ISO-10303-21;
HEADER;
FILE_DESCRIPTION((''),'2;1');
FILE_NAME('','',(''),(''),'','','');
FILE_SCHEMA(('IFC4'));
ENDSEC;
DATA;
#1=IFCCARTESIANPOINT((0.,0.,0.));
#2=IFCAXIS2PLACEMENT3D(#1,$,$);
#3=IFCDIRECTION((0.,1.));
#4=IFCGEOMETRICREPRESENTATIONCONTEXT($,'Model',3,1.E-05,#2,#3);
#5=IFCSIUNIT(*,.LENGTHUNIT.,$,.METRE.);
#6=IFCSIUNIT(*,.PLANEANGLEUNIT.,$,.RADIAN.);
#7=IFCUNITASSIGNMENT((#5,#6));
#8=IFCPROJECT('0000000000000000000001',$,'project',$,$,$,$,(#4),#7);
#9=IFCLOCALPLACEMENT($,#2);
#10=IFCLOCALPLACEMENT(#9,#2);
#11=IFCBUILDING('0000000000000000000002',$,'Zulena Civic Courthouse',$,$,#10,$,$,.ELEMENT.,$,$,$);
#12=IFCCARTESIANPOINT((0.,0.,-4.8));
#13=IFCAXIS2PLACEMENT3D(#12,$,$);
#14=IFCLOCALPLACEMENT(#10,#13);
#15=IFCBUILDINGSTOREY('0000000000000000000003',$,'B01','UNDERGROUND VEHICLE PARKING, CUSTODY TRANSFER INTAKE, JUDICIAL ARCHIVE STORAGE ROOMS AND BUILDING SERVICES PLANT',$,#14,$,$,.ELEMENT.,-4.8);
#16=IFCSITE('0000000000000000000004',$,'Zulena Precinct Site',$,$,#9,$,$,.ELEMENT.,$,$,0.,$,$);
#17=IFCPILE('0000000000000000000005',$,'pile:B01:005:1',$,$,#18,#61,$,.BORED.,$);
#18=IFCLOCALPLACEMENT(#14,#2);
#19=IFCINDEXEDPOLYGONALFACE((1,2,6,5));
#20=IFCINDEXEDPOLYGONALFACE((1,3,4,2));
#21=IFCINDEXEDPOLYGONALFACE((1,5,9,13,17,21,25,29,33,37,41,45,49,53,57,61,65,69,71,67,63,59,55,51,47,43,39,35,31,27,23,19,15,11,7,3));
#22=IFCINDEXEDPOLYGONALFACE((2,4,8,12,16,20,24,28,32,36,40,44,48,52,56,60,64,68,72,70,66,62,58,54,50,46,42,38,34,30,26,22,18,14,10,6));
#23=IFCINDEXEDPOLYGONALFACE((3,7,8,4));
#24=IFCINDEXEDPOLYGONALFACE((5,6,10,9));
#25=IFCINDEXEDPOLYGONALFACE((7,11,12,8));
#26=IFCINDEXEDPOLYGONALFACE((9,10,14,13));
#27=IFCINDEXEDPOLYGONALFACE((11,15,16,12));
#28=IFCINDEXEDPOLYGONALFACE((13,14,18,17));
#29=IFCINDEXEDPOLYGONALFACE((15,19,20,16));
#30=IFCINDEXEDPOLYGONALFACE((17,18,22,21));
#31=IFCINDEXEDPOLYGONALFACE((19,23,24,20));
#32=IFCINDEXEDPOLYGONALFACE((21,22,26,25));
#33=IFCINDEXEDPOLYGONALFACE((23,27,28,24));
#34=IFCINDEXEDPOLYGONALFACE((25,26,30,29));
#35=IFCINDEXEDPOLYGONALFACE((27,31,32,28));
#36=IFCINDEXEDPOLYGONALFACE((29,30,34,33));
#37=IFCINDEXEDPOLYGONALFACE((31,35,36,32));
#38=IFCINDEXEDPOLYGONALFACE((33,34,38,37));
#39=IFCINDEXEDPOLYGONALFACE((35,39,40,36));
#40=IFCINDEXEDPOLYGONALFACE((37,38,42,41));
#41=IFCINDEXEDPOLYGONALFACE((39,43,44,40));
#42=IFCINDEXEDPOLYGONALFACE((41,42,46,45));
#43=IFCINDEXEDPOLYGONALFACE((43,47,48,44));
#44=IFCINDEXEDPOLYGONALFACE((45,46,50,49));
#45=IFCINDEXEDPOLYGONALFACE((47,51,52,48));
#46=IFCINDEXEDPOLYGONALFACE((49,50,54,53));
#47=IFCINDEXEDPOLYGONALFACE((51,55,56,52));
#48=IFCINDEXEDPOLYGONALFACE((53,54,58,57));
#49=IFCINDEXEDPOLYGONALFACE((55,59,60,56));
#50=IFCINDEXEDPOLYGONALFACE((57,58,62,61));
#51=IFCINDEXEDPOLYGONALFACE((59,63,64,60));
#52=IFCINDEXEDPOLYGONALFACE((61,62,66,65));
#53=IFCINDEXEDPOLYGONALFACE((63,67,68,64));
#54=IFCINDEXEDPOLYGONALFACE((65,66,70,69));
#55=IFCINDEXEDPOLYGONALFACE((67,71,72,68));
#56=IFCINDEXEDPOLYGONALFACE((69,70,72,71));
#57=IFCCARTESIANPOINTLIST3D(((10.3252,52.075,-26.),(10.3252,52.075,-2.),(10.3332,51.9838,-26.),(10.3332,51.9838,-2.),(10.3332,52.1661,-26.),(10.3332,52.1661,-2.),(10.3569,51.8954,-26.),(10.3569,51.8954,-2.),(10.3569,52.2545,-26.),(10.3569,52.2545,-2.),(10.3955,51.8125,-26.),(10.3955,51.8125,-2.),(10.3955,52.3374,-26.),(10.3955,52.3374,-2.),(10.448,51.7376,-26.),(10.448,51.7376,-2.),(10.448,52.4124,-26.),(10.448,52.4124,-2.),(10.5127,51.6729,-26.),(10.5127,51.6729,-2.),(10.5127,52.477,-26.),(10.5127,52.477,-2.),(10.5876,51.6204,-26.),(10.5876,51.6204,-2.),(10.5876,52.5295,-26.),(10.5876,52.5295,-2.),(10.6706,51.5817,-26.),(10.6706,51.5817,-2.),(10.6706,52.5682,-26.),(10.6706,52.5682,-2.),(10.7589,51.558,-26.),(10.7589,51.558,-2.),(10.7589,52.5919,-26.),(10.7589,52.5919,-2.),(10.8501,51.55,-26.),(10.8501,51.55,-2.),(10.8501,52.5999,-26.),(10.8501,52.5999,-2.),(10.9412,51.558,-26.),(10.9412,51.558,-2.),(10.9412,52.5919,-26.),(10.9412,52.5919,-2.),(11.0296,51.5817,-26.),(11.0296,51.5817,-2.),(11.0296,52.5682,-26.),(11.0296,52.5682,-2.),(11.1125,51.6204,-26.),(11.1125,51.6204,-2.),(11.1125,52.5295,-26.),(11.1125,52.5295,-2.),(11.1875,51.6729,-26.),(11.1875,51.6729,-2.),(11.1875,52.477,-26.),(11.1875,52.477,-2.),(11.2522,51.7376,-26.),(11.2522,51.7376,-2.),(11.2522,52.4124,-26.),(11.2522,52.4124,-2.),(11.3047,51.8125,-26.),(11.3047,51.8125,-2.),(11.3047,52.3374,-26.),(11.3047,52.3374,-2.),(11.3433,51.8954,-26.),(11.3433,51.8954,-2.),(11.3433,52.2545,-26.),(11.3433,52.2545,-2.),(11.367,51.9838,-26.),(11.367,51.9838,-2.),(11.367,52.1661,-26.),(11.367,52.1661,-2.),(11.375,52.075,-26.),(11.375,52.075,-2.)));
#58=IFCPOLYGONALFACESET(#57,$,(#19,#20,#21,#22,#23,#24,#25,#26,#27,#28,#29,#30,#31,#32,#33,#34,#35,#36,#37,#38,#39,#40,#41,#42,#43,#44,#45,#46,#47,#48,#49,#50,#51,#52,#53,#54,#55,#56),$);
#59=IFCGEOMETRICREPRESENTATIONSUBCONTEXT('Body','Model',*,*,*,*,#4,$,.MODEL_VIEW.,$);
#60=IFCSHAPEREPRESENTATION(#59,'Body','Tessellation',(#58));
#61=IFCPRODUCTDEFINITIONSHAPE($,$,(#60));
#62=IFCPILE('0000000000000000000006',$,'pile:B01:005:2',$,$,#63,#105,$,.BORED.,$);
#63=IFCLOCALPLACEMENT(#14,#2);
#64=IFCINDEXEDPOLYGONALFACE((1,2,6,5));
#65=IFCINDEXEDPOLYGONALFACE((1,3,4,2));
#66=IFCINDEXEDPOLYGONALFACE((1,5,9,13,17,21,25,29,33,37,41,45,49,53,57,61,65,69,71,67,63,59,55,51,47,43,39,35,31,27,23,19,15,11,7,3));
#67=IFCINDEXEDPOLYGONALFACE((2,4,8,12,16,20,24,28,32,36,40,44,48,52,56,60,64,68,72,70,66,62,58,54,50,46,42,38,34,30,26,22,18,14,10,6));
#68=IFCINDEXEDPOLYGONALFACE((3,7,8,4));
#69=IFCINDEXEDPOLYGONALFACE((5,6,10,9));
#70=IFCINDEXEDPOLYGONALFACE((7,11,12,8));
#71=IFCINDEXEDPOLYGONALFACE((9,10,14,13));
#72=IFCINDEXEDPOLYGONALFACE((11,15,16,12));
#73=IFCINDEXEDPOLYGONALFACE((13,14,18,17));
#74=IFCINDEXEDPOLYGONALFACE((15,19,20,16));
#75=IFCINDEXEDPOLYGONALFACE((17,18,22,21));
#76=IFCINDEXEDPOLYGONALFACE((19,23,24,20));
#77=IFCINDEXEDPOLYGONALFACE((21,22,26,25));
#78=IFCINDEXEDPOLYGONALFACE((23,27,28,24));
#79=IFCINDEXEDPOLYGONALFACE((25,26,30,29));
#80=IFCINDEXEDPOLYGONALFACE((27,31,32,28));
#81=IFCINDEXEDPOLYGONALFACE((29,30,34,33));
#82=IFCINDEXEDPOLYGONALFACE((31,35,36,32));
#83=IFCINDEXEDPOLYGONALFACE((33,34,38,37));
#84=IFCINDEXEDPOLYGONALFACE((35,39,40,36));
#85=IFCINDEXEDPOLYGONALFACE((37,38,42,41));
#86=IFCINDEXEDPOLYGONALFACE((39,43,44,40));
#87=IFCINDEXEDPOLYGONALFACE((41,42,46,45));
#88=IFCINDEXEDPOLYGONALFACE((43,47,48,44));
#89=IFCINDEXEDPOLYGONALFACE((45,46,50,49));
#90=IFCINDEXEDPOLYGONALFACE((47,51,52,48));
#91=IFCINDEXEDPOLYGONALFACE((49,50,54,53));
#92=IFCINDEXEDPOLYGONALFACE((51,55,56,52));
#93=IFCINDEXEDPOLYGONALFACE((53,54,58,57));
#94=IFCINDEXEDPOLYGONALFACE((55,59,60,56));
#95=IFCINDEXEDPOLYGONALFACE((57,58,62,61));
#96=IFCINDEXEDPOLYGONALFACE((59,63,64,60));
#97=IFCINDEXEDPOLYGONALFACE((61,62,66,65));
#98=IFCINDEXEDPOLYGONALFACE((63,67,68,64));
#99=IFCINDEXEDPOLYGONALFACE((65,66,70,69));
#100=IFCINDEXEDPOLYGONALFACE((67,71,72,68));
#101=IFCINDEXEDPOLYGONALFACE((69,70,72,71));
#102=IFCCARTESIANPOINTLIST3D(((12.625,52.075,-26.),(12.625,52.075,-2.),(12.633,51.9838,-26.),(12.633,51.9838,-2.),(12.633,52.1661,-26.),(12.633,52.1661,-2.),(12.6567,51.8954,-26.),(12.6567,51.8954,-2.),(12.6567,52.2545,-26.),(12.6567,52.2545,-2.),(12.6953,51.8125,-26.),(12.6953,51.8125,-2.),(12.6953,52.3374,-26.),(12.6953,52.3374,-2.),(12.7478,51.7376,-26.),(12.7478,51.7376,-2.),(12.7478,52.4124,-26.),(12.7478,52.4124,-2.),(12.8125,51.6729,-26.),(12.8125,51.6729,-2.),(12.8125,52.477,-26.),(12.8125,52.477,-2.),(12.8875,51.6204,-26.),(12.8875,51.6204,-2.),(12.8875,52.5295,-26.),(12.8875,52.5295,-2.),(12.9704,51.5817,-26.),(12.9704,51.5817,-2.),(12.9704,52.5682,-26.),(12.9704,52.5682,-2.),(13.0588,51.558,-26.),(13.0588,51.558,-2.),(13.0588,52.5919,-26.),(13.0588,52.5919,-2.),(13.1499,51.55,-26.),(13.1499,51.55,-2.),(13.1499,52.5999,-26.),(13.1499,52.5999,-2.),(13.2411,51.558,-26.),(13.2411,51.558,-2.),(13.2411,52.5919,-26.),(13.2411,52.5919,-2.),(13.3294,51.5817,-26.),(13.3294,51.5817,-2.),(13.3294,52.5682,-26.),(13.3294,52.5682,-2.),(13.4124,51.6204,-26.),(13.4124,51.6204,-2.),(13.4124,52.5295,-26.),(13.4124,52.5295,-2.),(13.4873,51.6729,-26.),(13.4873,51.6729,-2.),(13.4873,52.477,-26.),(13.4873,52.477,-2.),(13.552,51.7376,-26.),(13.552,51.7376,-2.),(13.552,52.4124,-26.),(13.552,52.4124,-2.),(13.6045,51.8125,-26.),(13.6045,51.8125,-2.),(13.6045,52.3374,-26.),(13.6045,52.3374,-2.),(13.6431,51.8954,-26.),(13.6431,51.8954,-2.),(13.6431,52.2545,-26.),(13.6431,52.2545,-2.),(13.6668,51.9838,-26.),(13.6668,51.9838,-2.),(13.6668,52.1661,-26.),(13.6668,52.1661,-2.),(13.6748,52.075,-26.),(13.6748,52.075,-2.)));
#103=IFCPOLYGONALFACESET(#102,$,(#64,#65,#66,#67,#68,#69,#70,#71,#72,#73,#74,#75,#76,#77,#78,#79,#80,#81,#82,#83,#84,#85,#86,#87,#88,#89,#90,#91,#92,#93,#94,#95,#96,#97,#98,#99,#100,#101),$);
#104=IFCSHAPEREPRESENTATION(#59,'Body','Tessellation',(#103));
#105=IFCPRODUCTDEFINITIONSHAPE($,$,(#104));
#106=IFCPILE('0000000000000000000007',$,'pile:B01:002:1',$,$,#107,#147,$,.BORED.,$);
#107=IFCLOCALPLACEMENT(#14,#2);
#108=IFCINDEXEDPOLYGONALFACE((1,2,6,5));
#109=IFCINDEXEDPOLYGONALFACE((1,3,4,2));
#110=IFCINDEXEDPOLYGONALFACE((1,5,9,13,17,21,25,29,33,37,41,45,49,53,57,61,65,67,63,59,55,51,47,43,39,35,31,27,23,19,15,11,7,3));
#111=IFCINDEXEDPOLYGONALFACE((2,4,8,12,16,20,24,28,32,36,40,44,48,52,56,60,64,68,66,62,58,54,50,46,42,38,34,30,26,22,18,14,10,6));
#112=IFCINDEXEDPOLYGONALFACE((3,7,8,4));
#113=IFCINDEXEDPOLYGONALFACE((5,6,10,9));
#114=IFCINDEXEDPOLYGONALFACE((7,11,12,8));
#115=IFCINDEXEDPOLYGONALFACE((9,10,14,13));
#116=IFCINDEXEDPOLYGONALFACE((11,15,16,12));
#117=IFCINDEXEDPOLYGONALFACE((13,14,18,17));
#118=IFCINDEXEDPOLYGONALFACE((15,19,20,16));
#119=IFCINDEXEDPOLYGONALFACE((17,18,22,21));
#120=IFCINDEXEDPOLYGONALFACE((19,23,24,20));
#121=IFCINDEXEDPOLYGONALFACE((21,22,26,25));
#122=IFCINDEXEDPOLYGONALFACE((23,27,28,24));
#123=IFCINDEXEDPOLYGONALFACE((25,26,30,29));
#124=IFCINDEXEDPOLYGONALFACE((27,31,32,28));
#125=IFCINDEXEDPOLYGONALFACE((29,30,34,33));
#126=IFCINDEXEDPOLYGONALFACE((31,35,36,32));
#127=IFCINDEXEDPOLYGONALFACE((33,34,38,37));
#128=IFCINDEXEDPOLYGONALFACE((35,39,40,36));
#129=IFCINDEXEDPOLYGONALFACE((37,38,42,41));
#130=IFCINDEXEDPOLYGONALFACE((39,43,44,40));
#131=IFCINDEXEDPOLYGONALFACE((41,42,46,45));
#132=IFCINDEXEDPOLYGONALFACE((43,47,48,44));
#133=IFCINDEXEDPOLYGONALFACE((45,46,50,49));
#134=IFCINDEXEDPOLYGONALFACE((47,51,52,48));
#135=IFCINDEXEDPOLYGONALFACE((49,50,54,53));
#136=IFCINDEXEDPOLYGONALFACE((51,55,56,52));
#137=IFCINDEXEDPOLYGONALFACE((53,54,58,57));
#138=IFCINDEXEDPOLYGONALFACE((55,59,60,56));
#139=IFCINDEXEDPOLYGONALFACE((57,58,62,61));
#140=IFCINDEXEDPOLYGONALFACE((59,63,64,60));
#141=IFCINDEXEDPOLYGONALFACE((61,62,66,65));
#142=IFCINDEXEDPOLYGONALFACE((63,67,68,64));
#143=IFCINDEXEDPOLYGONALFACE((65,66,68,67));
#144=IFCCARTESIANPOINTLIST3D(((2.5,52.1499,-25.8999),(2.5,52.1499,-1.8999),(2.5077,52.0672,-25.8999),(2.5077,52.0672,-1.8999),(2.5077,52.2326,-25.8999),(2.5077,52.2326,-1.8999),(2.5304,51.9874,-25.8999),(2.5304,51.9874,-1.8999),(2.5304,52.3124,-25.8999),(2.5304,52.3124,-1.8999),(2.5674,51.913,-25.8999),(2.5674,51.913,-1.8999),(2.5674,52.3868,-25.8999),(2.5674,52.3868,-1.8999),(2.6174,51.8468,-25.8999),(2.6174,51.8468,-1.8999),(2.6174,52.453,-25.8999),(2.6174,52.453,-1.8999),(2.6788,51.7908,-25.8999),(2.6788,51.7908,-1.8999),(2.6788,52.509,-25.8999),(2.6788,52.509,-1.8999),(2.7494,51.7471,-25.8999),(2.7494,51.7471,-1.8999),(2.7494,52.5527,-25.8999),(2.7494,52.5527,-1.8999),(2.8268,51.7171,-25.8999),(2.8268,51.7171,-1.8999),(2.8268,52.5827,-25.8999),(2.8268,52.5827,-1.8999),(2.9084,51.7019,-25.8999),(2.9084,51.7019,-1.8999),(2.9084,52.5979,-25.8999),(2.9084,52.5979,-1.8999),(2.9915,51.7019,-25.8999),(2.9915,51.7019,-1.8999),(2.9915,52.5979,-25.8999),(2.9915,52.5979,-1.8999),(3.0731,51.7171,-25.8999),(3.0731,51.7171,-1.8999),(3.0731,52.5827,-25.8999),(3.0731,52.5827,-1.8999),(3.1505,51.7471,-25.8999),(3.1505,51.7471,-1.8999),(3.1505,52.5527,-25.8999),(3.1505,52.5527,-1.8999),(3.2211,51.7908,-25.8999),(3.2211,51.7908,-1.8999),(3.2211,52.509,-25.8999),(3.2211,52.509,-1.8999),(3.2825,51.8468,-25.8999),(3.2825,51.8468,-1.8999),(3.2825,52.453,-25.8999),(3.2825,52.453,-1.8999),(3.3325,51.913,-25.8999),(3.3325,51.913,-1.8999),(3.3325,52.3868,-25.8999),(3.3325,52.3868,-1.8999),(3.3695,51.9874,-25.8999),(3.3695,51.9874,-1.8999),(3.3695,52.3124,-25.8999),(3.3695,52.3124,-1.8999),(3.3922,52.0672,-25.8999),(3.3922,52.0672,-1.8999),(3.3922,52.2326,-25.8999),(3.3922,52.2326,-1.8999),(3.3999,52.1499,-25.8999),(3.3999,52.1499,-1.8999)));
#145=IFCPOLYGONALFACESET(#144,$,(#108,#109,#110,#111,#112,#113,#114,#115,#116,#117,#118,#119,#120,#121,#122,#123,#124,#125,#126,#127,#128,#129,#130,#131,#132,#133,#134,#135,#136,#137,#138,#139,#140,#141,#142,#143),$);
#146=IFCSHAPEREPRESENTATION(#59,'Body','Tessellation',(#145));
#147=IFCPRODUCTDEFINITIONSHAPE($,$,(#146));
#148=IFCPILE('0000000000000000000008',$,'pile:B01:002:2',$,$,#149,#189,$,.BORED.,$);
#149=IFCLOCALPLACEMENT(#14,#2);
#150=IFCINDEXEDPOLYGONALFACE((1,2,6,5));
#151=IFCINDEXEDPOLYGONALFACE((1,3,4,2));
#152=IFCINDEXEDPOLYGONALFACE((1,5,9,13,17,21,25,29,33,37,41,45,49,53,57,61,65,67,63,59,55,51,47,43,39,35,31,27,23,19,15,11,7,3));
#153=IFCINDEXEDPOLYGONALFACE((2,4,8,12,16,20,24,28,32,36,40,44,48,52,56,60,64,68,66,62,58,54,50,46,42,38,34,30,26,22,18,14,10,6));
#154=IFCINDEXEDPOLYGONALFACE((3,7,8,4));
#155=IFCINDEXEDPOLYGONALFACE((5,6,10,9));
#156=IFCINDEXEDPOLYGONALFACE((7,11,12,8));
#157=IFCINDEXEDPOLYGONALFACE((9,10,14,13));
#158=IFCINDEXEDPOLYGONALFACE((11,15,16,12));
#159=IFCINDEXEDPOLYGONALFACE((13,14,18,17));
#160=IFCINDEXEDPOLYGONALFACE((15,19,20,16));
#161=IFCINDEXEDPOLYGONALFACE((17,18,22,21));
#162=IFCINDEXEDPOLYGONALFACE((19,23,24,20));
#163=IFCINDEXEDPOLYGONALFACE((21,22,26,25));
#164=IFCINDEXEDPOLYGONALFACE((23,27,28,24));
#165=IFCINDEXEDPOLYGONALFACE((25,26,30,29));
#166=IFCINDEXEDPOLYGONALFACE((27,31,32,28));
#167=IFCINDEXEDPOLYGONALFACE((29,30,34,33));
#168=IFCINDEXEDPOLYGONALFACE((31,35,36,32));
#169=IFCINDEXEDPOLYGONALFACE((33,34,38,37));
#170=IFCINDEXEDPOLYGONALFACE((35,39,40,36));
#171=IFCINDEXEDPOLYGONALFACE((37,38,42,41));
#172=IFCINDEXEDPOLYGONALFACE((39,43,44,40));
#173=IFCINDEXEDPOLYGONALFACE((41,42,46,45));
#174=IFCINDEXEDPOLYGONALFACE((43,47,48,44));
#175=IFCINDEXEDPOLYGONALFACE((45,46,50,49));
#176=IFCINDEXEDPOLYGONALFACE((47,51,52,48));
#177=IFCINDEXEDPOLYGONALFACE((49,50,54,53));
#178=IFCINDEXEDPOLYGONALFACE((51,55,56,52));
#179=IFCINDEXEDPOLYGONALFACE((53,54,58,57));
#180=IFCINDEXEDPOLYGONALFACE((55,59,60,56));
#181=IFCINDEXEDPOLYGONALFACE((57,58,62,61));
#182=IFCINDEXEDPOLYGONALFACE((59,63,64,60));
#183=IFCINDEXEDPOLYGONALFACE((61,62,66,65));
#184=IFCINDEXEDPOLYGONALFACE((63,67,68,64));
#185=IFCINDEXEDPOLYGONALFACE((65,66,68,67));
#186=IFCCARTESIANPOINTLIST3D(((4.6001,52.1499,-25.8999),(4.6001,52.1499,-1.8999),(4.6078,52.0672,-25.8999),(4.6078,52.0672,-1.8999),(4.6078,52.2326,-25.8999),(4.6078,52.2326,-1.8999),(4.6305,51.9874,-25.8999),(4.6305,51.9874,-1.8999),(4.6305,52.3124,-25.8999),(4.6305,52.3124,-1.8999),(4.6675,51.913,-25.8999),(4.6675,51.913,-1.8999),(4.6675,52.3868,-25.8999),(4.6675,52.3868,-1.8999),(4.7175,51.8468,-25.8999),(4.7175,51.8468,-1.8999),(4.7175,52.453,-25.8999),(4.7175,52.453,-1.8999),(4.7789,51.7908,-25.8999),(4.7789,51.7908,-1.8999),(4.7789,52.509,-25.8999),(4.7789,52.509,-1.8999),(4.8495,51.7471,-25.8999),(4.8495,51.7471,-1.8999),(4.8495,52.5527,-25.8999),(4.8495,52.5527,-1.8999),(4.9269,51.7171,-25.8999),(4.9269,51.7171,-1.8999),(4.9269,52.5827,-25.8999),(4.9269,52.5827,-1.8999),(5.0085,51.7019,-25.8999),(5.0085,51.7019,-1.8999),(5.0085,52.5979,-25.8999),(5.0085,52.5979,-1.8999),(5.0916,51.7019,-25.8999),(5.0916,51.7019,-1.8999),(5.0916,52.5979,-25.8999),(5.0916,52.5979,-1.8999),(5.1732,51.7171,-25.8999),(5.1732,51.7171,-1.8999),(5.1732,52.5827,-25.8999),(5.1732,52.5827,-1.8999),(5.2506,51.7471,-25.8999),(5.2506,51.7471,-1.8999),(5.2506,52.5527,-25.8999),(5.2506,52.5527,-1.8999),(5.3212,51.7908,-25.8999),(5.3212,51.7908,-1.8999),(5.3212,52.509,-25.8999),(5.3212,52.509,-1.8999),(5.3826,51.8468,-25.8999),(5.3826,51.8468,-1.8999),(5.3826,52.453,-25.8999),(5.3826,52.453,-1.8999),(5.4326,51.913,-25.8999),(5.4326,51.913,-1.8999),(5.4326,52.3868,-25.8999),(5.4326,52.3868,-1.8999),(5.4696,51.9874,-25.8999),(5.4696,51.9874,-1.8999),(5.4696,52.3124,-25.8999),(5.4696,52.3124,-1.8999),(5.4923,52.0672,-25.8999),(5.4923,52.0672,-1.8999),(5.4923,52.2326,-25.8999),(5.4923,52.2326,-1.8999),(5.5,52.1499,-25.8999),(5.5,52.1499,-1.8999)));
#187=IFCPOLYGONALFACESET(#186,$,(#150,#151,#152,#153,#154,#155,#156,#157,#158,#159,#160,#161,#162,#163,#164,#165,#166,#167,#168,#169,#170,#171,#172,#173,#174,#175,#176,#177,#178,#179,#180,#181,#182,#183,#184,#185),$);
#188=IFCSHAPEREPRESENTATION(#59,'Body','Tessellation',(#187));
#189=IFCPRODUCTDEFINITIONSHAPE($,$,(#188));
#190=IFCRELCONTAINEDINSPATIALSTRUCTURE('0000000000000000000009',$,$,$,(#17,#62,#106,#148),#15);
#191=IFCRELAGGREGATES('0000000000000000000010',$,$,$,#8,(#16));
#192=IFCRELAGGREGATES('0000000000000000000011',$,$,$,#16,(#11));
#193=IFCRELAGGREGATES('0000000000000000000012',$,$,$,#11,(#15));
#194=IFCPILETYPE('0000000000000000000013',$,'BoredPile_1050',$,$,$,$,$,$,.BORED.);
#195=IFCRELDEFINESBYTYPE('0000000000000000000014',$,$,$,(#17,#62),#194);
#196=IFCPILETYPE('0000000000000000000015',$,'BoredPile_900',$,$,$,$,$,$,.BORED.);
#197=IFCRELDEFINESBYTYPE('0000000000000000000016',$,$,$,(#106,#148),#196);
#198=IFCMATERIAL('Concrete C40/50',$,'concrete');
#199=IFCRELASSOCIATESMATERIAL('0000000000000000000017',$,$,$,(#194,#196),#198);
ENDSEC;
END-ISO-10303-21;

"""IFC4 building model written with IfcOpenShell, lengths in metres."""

from ifc_helpers import new_model, si_unit, direction, frame, origin, origin_2d, place, context, subcontext, project, spatial, circle, extrude, material, material_profile, profile_set, type_object, element, save


model = new_model("IFC4")

# Units and contexts
model_context = context("Model", 3, precision=1e-05, world=origin(), true_north=direction((0.0, 1.0)))
body_context = subcontext(model_context, "Body", "Model", "MODEL_VIEW")
ifc_project = project(units=[si_unit("LENGTHUNIT", "METRE"), si_unit("PLANEANGLEUNIT", "RADIAN")], contexts=[model_context])

# Site, building, storey
site_placement = place(None, origin())
site = spatial("IfcSite", under=ifc_project, at=site_placement, Name="Zulena Precinct Site", CompositionType="ELEMENT", RefElevation=0.0)
building_placement = place(site_placement, origin())
building = spatial("IfcBuilding", under=site, at=building_placement, Name="Zulena Civic Courthouse", CompositionType="ELEMENT")
storey_placement = place(building_placement, frame((0.0, 0.0, -4.8)))
storey = spatial("IfcBuildingStorey", under=building, at=storey_placement, Name="B01", Description="UNDERGROUND VEHICLE PARKING, CUSTODY TRANSFER INTAKE, JUDICIAL ARCHIVE STORAGE ROOMS AND BUILDING SERVICES PLANT", CompositionType="ELEMENT", Elevation=-4.8)

# Piles
ifc_material_1 = material(Name="Concrete C40/50", Category="concrete")
ifc_material_profile_1 = material_profile(ifc_material_1, circle(Radius=0.5249, at=origin_2d()), Name="PILE1050")
ifc_profile_set_1 = profile_set([ifc_material_profile_1], Name="Concrete C40/50")
pile_type_1 = type_object("IfcPileType", Name="BoredPile_1050", PredefinedType="BORED", material=ifc_profile_set_1)
for number, where, z_axis, x_axis, name in (
    (1, (10.8501, 52.075, -2.0), (0.0, 0.0, -1.0), (1.0, 0.0, 0.0), "pile:B01:005:1"),
    (2, (13.1499, 52.075, -2.0), (0.0, 0.0, -1.0), (1.0, 0.0, 0.0), "pile:B01:005:2"),
):
    element("IfcPile", number, at=place(storey_placement, frame(where, z_axis=z_axis, x_axis=x_axis)), inside=storey, type_object=pile_type_1, Name=name, PredefinedType="BORED", context=body_context, shape_type="SweptSolid", body=[
        extrude(circle(Radius=0.5249, at=origin_2d()), origin(), (0.0, 0.0, 1.0), 24.0),
    ])
ifc_material_profile_2 = material_profile(ifc_material_1, circle(Radius=0.45, at=origin_2d()), Name="PILE900")
ifc_profile_set_2 = profile_set([ifc_material_profile_2], Name="Concrete C40/50")
pile_type_2 = type_object("IfcPileType", Name="BoredPile_900", PredefinedType="BORED", material=ifc_profile_set_2)
for number, where, z_axis, x_axis, name in (
    (3, (2.95, 52.1499, -1.8999), (0.0, 0.0, -1.0), (1.0, 0.0, 0.0), "pile:B01:002:1"),
    (4, (5.05, 52.1499, -1.8999), (0.0, 0.0, -1.0), (1.0, 0.0, 0.0), "pile:B01:002:2"),
):
    element("IfcPile", number, at=place(storey_placement, frame(where, z_axis=z_axis, x_axis=x_axis)), inside=storey, type_object=pile_type_2, Name=name, PredefinedType="BORED", context=body_context, shape_type="SweptSolid", body=[
        extrude(circle(Radius=0.45, at=origin_2d()), origin(), (0.0, 0.0, 1.0), 24.0),
    ])

save(model, "model.ifc")
